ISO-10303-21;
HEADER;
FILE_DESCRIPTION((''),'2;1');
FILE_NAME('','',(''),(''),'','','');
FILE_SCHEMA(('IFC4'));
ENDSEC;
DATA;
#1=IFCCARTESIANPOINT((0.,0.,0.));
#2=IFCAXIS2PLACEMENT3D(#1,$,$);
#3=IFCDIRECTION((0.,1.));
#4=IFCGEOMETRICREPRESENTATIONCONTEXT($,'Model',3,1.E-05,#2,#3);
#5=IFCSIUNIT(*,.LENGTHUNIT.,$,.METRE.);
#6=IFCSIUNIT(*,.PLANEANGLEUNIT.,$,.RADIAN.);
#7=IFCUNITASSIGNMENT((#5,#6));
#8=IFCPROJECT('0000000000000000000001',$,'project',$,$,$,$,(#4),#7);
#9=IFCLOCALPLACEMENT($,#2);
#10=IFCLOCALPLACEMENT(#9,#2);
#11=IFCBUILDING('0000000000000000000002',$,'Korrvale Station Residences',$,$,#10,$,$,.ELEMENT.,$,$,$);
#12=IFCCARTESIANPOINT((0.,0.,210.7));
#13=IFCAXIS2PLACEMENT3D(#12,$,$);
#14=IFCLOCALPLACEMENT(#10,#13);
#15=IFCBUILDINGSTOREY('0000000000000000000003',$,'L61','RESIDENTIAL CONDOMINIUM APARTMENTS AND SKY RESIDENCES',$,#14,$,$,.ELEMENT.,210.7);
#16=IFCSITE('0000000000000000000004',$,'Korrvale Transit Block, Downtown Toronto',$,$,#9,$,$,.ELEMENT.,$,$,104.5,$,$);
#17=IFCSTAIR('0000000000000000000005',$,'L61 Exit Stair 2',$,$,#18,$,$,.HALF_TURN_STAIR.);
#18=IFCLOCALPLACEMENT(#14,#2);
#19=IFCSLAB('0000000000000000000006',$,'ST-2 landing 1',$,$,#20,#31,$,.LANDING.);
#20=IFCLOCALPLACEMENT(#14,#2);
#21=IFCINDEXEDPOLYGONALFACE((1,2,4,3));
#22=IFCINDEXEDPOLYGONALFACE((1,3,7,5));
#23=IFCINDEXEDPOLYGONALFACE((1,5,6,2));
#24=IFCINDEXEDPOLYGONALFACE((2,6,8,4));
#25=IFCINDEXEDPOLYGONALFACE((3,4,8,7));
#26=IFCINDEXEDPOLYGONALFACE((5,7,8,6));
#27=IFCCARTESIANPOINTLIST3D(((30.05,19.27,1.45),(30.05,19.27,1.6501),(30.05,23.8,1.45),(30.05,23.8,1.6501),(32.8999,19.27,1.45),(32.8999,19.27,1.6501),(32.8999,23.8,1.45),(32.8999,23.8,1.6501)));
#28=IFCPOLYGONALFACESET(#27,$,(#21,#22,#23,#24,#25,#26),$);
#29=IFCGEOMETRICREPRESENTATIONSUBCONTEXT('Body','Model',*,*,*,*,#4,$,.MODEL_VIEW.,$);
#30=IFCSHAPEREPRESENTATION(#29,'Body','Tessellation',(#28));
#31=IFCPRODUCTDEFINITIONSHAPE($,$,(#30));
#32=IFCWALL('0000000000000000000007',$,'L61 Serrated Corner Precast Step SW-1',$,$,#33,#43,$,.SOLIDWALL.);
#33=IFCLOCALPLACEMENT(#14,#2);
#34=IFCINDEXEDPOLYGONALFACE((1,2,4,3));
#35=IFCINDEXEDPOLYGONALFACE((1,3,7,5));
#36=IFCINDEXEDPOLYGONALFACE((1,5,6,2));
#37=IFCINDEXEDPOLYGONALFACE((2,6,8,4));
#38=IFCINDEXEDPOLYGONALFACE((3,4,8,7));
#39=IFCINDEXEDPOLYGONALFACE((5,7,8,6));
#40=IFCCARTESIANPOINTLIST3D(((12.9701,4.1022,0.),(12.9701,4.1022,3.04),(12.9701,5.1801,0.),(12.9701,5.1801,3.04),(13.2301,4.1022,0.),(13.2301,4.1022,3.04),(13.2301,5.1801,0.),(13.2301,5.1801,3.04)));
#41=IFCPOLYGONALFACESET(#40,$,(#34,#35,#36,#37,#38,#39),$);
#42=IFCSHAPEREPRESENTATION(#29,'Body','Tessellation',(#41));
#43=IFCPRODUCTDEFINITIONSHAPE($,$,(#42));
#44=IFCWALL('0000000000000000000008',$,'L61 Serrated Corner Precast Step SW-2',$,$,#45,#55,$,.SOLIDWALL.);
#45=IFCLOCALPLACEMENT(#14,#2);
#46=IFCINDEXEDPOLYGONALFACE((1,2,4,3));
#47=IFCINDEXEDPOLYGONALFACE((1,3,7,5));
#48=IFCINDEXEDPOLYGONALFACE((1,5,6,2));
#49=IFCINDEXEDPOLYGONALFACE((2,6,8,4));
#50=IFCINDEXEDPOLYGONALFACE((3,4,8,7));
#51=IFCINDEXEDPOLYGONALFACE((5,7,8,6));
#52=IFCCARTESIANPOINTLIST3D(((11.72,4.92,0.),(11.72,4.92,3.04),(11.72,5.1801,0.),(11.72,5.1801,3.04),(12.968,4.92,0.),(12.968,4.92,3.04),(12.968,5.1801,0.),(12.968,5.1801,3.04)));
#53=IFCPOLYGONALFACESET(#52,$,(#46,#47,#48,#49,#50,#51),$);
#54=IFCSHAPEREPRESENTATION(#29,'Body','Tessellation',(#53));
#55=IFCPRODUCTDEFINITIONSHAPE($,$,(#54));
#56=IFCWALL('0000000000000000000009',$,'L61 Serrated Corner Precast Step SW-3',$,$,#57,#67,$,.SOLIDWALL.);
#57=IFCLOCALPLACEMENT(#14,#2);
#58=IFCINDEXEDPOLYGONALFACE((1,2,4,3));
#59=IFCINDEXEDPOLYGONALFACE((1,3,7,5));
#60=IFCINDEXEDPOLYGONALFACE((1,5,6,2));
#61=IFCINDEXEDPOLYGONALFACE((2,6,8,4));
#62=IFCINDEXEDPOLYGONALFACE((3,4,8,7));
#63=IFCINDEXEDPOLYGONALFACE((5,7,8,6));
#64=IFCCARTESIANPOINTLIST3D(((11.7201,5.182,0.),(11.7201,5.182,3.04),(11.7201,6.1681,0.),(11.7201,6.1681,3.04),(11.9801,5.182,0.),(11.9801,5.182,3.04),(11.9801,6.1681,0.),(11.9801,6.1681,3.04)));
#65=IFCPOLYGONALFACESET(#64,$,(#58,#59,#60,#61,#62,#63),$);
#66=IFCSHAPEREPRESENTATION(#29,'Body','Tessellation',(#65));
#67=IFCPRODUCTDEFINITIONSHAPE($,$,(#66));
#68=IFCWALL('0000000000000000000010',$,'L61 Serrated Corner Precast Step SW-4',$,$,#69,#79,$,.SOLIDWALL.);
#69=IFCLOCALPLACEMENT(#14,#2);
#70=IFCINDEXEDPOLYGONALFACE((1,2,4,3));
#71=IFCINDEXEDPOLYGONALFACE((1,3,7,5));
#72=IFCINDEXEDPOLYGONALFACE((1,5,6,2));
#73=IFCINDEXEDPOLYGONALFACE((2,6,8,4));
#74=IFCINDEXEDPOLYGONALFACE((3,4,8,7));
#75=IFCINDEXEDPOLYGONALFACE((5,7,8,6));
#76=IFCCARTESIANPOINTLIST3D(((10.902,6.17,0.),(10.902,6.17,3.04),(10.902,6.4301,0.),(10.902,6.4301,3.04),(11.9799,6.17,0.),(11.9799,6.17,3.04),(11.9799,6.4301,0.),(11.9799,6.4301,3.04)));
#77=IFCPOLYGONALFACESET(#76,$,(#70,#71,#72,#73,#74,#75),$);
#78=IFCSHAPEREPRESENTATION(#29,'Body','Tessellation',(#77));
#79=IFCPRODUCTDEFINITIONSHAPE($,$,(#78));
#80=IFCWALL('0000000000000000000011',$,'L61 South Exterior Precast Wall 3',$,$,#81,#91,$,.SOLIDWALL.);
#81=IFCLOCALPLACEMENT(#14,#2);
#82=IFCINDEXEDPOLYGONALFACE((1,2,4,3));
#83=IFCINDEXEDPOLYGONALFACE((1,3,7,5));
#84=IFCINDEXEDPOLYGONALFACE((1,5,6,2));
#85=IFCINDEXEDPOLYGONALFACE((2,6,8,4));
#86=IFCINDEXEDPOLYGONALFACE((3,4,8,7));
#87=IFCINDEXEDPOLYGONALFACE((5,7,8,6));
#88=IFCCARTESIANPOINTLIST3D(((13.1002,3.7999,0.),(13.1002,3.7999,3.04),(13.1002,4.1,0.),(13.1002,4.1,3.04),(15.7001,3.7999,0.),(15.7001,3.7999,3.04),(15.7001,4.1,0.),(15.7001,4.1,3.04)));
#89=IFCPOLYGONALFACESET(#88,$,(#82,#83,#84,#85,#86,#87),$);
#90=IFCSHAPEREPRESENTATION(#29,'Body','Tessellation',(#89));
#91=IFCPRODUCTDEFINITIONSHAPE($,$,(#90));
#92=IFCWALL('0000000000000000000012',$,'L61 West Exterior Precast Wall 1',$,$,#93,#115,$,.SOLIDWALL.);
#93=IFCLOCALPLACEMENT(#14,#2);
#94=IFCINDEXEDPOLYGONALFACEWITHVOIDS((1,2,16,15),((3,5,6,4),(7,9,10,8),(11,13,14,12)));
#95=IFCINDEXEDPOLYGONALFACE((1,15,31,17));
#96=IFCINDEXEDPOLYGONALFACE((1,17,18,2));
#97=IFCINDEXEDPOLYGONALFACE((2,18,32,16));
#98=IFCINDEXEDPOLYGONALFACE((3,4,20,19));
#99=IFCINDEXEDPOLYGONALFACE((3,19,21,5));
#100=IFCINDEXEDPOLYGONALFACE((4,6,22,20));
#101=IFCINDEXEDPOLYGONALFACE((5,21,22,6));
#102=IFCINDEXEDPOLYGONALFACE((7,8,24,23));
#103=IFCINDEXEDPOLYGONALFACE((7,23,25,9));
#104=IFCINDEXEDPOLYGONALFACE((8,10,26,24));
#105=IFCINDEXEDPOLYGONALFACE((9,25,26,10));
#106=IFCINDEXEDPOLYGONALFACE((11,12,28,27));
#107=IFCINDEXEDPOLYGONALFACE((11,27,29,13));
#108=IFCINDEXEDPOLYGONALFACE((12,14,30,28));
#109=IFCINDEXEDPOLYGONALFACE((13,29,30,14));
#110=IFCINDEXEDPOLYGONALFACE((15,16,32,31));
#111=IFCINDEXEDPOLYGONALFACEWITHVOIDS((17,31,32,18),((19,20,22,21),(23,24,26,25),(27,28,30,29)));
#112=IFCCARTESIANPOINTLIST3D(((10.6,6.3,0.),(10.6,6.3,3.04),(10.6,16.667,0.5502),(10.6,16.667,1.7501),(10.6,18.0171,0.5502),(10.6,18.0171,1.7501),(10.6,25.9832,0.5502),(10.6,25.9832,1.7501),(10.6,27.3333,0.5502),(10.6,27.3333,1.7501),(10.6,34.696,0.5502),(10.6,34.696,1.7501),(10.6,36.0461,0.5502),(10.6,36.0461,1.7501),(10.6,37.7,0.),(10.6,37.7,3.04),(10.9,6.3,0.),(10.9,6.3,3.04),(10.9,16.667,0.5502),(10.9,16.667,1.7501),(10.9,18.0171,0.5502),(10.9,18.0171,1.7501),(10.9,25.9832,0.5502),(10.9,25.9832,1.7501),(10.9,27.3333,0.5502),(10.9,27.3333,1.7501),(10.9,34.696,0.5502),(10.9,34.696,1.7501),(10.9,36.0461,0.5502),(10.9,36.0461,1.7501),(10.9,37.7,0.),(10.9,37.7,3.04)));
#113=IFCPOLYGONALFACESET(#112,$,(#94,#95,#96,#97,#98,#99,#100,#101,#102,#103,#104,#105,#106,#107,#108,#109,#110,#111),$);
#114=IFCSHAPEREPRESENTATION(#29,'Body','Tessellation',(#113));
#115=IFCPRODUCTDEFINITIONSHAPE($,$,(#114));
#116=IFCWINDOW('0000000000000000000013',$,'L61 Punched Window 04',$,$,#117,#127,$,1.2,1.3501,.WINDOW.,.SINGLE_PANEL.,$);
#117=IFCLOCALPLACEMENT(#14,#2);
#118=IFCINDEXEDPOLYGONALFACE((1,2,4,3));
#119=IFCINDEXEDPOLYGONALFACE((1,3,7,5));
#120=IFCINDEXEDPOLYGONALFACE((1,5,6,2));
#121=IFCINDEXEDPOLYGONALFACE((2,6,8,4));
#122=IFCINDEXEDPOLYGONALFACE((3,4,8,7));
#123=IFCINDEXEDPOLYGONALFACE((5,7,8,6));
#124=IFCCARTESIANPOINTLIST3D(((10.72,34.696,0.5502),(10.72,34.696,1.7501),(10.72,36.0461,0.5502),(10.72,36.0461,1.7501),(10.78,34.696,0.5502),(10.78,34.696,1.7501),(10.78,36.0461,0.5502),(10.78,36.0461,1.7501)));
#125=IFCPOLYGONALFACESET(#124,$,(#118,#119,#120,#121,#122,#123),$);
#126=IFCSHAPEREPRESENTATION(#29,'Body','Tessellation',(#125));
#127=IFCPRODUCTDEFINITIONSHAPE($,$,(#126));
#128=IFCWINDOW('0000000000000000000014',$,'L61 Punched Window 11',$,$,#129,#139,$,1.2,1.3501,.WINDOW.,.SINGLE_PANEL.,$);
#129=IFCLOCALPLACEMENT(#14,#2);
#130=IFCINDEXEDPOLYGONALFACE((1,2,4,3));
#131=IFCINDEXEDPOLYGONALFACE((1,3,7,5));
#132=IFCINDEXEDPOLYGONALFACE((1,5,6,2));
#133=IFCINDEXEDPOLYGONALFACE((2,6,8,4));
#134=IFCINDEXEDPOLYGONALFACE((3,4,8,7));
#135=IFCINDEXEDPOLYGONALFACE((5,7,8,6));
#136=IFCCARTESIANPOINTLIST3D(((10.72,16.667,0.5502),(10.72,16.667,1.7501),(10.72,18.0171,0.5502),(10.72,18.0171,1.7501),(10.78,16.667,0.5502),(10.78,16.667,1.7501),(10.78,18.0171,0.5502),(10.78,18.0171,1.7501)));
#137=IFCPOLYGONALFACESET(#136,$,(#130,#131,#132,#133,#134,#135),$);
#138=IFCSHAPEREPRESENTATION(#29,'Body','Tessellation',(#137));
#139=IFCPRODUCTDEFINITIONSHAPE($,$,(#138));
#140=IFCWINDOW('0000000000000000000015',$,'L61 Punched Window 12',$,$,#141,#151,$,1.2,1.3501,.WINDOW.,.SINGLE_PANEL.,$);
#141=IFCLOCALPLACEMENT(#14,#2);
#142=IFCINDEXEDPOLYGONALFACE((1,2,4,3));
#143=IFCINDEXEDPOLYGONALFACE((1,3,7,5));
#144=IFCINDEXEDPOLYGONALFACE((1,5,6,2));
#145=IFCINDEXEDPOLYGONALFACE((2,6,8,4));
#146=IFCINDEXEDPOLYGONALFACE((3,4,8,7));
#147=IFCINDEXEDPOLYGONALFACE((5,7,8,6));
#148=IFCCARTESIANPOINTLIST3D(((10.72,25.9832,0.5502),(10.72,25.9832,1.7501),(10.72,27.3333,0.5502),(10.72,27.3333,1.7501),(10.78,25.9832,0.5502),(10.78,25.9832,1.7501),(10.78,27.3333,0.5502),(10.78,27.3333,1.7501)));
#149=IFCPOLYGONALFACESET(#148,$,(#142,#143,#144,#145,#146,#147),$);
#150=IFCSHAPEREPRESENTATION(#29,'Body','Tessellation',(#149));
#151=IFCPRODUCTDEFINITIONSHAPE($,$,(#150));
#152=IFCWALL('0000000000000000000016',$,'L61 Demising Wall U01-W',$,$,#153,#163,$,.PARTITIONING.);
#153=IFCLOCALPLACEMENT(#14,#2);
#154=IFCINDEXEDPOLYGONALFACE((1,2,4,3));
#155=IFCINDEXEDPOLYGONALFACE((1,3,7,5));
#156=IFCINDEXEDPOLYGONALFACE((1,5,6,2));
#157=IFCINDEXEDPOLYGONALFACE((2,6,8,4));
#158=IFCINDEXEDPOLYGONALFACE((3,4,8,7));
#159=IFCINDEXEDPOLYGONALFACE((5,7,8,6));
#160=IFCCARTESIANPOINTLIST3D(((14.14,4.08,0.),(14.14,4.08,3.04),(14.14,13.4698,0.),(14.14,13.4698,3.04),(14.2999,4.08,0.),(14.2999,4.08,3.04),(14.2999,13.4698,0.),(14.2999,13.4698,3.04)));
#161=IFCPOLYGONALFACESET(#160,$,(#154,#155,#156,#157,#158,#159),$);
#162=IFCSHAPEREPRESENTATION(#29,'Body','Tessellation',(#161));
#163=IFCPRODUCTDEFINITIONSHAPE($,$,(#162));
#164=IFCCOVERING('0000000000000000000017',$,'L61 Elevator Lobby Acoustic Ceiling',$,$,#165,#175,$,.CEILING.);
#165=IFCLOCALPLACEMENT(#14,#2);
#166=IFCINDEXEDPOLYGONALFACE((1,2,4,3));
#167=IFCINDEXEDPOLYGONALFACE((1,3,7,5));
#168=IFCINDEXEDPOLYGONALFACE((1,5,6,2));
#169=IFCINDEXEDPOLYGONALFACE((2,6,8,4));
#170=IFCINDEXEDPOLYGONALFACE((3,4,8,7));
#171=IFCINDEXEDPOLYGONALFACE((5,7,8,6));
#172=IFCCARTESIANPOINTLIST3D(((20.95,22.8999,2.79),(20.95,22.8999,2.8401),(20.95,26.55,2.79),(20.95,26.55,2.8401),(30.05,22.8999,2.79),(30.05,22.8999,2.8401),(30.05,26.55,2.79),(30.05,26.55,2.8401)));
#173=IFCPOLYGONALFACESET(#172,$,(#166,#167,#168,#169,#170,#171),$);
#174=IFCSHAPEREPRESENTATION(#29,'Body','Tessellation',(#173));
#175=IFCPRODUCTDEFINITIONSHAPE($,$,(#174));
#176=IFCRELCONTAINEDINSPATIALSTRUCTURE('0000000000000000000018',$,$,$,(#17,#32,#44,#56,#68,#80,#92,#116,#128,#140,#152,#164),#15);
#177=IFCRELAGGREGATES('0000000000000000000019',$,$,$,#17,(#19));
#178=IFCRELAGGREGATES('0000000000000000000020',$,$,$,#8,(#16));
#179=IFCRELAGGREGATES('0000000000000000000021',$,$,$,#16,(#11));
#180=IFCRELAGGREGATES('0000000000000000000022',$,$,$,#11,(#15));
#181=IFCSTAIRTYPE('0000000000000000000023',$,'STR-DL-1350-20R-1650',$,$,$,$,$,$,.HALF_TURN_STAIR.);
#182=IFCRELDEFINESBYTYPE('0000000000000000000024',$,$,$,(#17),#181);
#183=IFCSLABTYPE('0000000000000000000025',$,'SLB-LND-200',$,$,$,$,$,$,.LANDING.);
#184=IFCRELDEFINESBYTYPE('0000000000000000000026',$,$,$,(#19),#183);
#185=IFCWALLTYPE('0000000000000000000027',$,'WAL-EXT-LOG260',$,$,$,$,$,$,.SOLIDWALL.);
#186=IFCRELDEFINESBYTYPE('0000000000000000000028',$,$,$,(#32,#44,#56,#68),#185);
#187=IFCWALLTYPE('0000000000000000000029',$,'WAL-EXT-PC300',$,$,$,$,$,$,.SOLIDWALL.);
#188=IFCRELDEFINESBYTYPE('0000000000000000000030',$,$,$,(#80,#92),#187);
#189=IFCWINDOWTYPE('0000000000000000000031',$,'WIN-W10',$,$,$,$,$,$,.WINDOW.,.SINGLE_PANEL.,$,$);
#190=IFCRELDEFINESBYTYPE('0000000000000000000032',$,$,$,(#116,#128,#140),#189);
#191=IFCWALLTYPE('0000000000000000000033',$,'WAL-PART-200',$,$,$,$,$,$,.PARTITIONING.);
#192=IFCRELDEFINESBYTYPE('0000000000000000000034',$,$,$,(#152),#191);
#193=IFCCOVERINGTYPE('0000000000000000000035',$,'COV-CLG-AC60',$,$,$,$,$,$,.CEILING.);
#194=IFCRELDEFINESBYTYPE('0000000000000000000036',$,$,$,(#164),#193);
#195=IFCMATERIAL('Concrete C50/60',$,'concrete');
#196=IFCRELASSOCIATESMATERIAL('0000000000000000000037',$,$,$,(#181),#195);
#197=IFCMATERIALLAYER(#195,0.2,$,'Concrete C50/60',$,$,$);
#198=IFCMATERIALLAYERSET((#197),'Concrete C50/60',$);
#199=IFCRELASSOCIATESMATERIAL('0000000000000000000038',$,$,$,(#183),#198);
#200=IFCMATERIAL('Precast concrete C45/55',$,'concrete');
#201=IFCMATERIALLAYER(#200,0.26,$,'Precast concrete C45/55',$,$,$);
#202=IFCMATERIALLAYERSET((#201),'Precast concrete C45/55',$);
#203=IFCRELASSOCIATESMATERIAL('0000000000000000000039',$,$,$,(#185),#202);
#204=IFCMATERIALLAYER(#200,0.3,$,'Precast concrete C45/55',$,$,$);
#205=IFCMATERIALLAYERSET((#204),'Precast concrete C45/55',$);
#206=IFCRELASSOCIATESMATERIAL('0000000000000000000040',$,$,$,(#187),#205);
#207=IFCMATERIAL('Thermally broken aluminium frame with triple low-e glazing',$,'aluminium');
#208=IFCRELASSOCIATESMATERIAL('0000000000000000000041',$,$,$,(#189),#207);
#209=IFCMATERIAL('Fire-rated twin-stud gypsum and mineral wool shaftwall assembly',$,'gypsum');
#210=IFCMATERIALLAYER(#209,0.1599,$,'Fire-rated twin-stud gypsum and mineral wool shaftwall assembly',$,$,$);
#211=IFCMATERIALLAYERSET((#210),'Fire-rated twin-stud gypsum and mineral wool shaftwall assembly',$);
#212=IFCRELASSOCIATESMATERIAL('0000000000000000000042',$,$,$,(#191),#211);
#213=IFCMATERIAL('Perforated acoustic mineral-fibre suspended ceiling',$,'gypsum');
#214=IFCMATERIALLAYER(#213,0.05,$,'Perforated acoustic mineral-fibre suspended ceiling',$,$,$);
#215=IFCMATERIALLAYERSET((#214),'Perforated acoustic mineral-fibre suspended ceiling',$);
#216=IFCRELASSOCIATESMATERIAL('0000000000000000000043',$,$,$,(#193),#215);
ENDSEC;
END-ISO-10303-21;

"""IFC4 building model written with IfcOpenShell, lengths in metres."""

from ifc_helpers import new_model, si_unit, direction, frame, frame_2d, origin, place, context, subcontext, project, spatial, polyline, rectangle, outline, extrude, material, layer, layer_set, type_object, element, fill, aggregate, save


model = new_model("IFC4")

# Units and contexts
model_context = context("Model", 3, precision=1e-05, world=origin(), true_north=direction((0.0, 1.0)))
body_context = subcontext(model_context, "Body", "Model", "MODEL_VIEW")
ifc_project = project(units=[si_unit("LENGTHUNIT", "METRE"), si_unit("PLANEANGLEUNIT", "RADIAN")], contexts=[model_context])

# Site, building, storey
site_placement = place(None, origin())
site = spatial("IfcSite", under=ifc_project, at=site_placement, Name="Korrvale Transit Block, Downtown Toronto", CompositionType="ELEMENT", RefElevation=104.5)
building_placement = place(site_placement, origin())
building = spatial("IfcBuilding", under=site, at=building_placement, Name="Korrvale Station Residences", CompositionType="ELEMENT")
storey_placement = place(building_placement, frame((0.0, 0.0, 210.7)))
storey = spatial("IfcBuildingStorey", under=building, at=storey_placement, Name="L61", Description="RESIDENTIAL CONDOMINIUM APARTMENTS AND SKY RESIDENCES", CompositionType="ELEMENT", Elevation=210.7)

# Shared definitions
ifc_material_1 = material(Name="Concrete C50/60", Category="concrete")

# Stair, slab
stair_type = type_object("IfcStairType", Name="STR-DL-1350-20R-1650", PredefinedType="HALF_TURN_STAIR", material=ifc_material_1)
ifc_layer_1 = layer(ifc_material_1, 0.2, Name="Concrete C50/60")
ifc_layer_set_1 = layer_set([ifc_layer_1], Name="Concrete C50/60")
slab_type_1 = type_object("IfcSlabType", Name="SLB-LND-200", PredefinedType="LANDING", material=ifc_layer_set_1)
stair_1_placement = place(storey_placement, origin())
stair_1 = element("IfcStair", 1, at=stair_1_placement, inside=storey, type_object=stair_type, Name="L61 Exit Stair 2", PredefinedType="HALF_TURN_STAIR")
slab_1_placement = place(storey_placement, frame((0.0, 0.0, 1.45)))
slab_1 = element("IfcSlab", 2, at=slab_1_placement, type_object=slab_type_1, Name="ST-2 landing 1", PredefinedType="LANDING", context=body_context, shape_type="SweptSolid", body=[
    extrude(outline(polyline([(32.8999, 19.27), (32.8999, 23.8), (30.05, 23.8), (30.05, 19.27), (32.8999, 19.27)])), origin(), (0.0, 0.0, 1.0), 0.2002),
])
aggregate(stair_1, [slab_1])

# Walls
ifc_material_2 = material(Name="Precast concrete C45/55", Category="concrete")
ifc_layer_2 = layer(ifc_material_2, 0.26, Name="Precast concrete C45/55")
ifc_layer_set_2 = layer_set([ifc_layer_2], Name="Precast concrete C45/55")
wall_type_1 = type_object("IfcWallType", Name="WAL-EXT-LOG260", PredefinedType="SOLIDWALL", material=ifc_layer_set_2)
wall_1_placement = place(storey_placement, frame((13.1001, 4.1021, 0.0), z_axis=(0.0, 0.0, 1.0), x_axis=(0.0, 1.0, 0.0)))
element("IfcWall", 3, at=wall_1_placement, inside=storey, type_object=wall_type_1, Name="L61 Serrated Corner Precast Step SW-1", PredefinedType="SOLIDWALL", context=body_context, shape_type="SweptSolid", body=[
    extrude(rectangle(XDim=1.0779, YDim=0.26, at=frame_2d((0.5391, 0.0))), origin(), (0.0, 0.0, 1.0), 3.04),
])
wall_2_placement = place(storey_placement, frame((12.968, 5.05, 0.0), z_axis=(0.0, 0.0, 1.0), x_axis=(-1.0, 0.0, 0.0)))
element("IfcWall", 4, at=wall_2_placement, inside=storey, type_object=wall_type_1, Name="L61 Serrated Corner Precast Step SW-2", PredefinedType="SOLIDWALL", context=body_context, shape_type="SweptSolid", body=[
    extrude(rectangle(XDim=1.248, YDim=0.26, at=frame_2d((0.624, 0.0))), origin(), (0.0, 0.0, 1.0), 3.04),
])
wall_3_placement = place(storey_placement, frame((11.8501, 5.1819, 0.0), z_axis=(0.0, 0.0, 1.0), x_axis=(0.0, 1.0, 0.0)))
element("IfcWall", 5, at=wall_3_placement, inside=storey, type_object=wall_type_1, Name="L61 Serrated Corner Precast Step SW-3", PredefinedType="SOLIDWALL", context=body_context, shape_type="SweptSolid", body=[
    extrude(rectangle(XDim=0.9861, YDim=0.26, at=frame_2d((0.4932, 0.0))), origin(), (0.0, 0.0, 1.0), 3.04),
])
wall_4_placement = place(storey_placement, frame((11.98, 6.3, 0.0), z_axis=(0.0, 0.0, 1.0), x_axis=(-1.0, 0.0, 0.0)))
element("IfcWall", 6, at=wall_4_placement, inside=storey, type_object=wall_type_1, Name="L61 Serrated Corner Precast Step SW-4", PredefinedType="SOLIDWALL", context=body_context, shape_type="SweptSolid", body=[
    extrude(rectangle(XDim=1.0779, YDim=0.26, at=frame_2d((0.5391, 0.0))), origin(), (0.0, 0.0, 1.0), 3.04),
])
ifc_layer_3 = layer(ifc_material_2, 0.3, Name="Precast concrete C45/55")
ifc_layer_set_3 = layer_set([ifc_layer_3], Name="Precast concrete C45/55")
wall_type_2 = type_object("IfcWallType", Name="WAL-EXT-PC300", PredefinedType="SOLIDWALL", material=ifc_layer_set_3)
wall_5_placement = place(storey_placement, frame((15.7, 3.95, 0.0), z_axis=(0.0, 0.0, 1.0), x_axis=(-1.0, 0.0, 0.0)))
element("IfcWall", 7, at=wall_5_placement, inside=storey, type_object=wall_type_2, Name="L61 South Exterior Precast Wall 3", PredefinedType="SOLIDWALL", context=body_context, shape_type="SweptSolid", body=[
    extrude(rectangle(XDim=2.5999, YDim=0.3, at=frame_2d((1.2998, 0.0))), origin(), (0.0, 0.0, 1.0), 3.04),
])

# Wall, openings, windows
wall_6_placement = place(storey_placement, frame((10.75, 6.3, 0.0), z_axis=(0.0, 0.0, 1.0), x_axis=(0.0, 1.0, 0.0)))
wall_6 = element("IfcWall", 8, at=wall_6_placement, inside=storey, type_object=wall_type_2, Name="L61 West Exterior Precast Wall 1", PredefinedType="SOLIDWALL", context=body_context, shape_type="SweptSolid", body=[
    extrude(rectangle(XDim=31.3999, YDim=0.3, at=frame_2d((15.7, 0.0))), origin(), (0.0, 0.0, 1.0), 3.04),
])
opening_1_placement = place(wall_6_placement, frame((28.396, 0.0, 0.55)))
opening_1 = element("IfcOpeningElement", 9, at=opening_1_placement, cuts=wall_6, PredefinedType="OPENING", context=body_context, shape_type="SweptSolid", body=[
    extrude(rectangle(XDim=1.3501, YDim=1.2, at=frame_2d((0.675, 0.6001))), frame((0.0, 0.1602, 0.0), z_axis=(0.0, -1.0, 0.0), x_axis=(1.0, 0.0, 0.0)), (0.0, 0.0, 1.0), 0.3201),
])
opening_2_placement = place(wall_6_placement, frame((10.3669, 0.0, 0.55)))
opening_2 = element("IfcOpeningElement", 10, at=opening_2_placement, cuts=wall_6, PredefinedType="OPENING", context=body_context, shape_type="SweptSolid", body=[
    extrude(rectangle(XDim=1.3501, YDim=1.2, at=frame_2d((0.675, 0.6001))), frame((0.0, 0.1602, 0.0), z_axis=(0.0, -1.0, 0.0), x_axis=(1.0, 0.0, 0.0)), (0.0, 0.0, 1.0), 0.3201),
])
opening_3_placement = place(wall_6_placement, frame((19.6831, 0.0, 0.55)))
opening_3 = element("IfcOpeningElement", 11, at=opening_3_placement, cuts=wall_6, PredefinedType="OPENING", context=body_context, shape_type="SweptSolid", body=[
    extrude(rectangle(XDim=1.3501, YDim=1.2, at=frame_2d((0.675, 0.6001))), frame((0.0, 0.1602, 0.0), z_axis=(0.0, -1.0, 0.0), x_axis=(1.0, 0.0, 0.0)), (0.0, 0.0, 1.0), 0.3201),
])
ifc_material_3 = material(Name="Thermally broken aluminium frame with triple low-e glazing", Category="aluminium")
window_type = type_object("IfcWindowType", Name="WIN-W10", PartitioningType="SINGLE_PANEL", PredefinedType="WINDOW", material=ifc_material_3)
window_1_placement = place(opening_1_placement, origin())
window_1 = element("IfcWindow", 12, at=window_1_placement, inside=storey, type_object=window_type, Name="L61 Punched Window 04", OverallHeight=1.2, OverallWidth=1.3501, PartitioningType="SINGLE_PANEL", PredefinedType="WINDOW", context=body_context, shape_type="SweptSolid", body=[
    extrude(rectangle(XDim=1.3501, YDim=1.2, at=frame_2d((0.675, 0.6001))), frame((0.0, 0.03, 0.0), z_axis=(0.0, -1.0, 0.0), x_axis=(1.0, 0.0, 0.0)), (0.0, 0.0, 1.0), 0.0601),
])
fill(opening_1, window_1)
window_2_placement = place(opening_2_placement, origin())
window_2 = element("IfcWindow", 13, at=window_2_placement, inside=storey, type_object=window_type, Name="L61 Punched Window 11", OverallHeight=1.2, OverallWidth=1.3501, PartitioningType="SINGLE_PANEL", PredefinedType="WINDOW", context=body_context, shape_type="SweptSolid", body=[
    extrude(rectangle(XDim=1.3501, YDim=1.2, at=frame_2d((0.675, 0.6001))), frame((0.0, 0.03, 0.0), z_axis=(0.0, -1.0, 0.0), x_axis=(1.0, 0.0, 0.0)), (0.0, 0.0, 1.0), 0.0601),
])
fill(opening_2, window_2)
window_3_placement = place(opening_3_placement, origin())
window_3 = element("IfcWindow", 14, at=window_3_placement, inside=storey, type_object=window_type, Name="L61 Punched Window 12", OverallHeight=1.2, OverallWidth=1.3501, PartitioningType="SINGLE_PANEL", PredefinedType="WINDOW", context=body_context, shape_type="SweptSolid", body=[
    extrude(rectangle(XDim=1.3501, YDim=1.2, at=frame_2d((0.675, 0.6001))), frame((0.0, 0.03, 0.0), z_axis=(0.0, -1.0, 0.0), x_axis=(1.0, 0.0, 0.0)), (0.0, 0.0, 1.0), 0.0601),
])
fill(opening_3, window_3)

# Wall
ifc_material_4 = material(Name="Fire-rated twin-stud gypsum and mineral wool shaftwall assembly", Category="gypsum")
ifc_layer_4 = layer(ifc_material_4, 0.1599, Name="Fire-rated twin-stud gypsum and mineral wool shaftwall assembly")
ifc_layer_set_4 = layer_set([ifc_layer_4], Name="Fire-rated twin-stud gypsum and mineral wool shaftwall assembly")
wall_type_3 = type_object("IfcWallType", Name="WAL-PART-200", PredefinedType="PARTITIONING", material=ifc_layer_set_4)
wall_7_placement = place(storey_placement, frame((14.22, 4.0801, 0.0), z_axis=(0.0, 0.0, 1.0), x_axis=(0.0, 1.0, 0.0)))
element("IfcWall", 15, at=wall_7_placement, inside=storey, type_object=wall_type_3, Name="L61 Demising Wall U01-W", PredefinedType="PARTITIONING", context=body_context, shape_type="SweptSolid", body=[
    extrude(rectangle(XDim=9.3899, YDim=0.1599, at=frame_2d((4.6948, 0.0))), origin(), (0.0, 0.0, 1.0), 3.04),
])

# Covering
ifc_material_5 = material(Name="Perforated acoustic mineral-fibre suspended ceiling", Category="gypsum")
ifc_layer_5 = layer(ifc_material_5, 0.05, Name="Perforated acoustic mineral-fibre suspended ceiling")
ifc_layer_set_5 = layer_set([ifc_layer_5], Name="Perforated acoustic mineral-fibre suspended ceiling")
covering_type_1 = type_object("IfcCoveringType", Name="COV-CLG-AC60", PredefinedType="CEILING", material=ifc_layer_set_5)
covering_1_placement = place(storey_placement, frame((0.0, 0.0, 2.79)))
element("IfcCovering", 16, at=covering_1_placement, inside=storey, type_object=covering_type_1, Name="L61 Elevator Lobby Acoustic Ceiling", PredefinedType="CEILING", context=body_context, shape_type="SweptSolid", body=[
    extrude(outline(polyline([(20.95, 22.8999), (30.05, 22.8999), (30.05, 26.55), (20.95, 26.55), (20.95, 22.8999)])), origin(), (0.0, 0.0, 1.0), 0.05),
])

save(model, "model.ifc")
